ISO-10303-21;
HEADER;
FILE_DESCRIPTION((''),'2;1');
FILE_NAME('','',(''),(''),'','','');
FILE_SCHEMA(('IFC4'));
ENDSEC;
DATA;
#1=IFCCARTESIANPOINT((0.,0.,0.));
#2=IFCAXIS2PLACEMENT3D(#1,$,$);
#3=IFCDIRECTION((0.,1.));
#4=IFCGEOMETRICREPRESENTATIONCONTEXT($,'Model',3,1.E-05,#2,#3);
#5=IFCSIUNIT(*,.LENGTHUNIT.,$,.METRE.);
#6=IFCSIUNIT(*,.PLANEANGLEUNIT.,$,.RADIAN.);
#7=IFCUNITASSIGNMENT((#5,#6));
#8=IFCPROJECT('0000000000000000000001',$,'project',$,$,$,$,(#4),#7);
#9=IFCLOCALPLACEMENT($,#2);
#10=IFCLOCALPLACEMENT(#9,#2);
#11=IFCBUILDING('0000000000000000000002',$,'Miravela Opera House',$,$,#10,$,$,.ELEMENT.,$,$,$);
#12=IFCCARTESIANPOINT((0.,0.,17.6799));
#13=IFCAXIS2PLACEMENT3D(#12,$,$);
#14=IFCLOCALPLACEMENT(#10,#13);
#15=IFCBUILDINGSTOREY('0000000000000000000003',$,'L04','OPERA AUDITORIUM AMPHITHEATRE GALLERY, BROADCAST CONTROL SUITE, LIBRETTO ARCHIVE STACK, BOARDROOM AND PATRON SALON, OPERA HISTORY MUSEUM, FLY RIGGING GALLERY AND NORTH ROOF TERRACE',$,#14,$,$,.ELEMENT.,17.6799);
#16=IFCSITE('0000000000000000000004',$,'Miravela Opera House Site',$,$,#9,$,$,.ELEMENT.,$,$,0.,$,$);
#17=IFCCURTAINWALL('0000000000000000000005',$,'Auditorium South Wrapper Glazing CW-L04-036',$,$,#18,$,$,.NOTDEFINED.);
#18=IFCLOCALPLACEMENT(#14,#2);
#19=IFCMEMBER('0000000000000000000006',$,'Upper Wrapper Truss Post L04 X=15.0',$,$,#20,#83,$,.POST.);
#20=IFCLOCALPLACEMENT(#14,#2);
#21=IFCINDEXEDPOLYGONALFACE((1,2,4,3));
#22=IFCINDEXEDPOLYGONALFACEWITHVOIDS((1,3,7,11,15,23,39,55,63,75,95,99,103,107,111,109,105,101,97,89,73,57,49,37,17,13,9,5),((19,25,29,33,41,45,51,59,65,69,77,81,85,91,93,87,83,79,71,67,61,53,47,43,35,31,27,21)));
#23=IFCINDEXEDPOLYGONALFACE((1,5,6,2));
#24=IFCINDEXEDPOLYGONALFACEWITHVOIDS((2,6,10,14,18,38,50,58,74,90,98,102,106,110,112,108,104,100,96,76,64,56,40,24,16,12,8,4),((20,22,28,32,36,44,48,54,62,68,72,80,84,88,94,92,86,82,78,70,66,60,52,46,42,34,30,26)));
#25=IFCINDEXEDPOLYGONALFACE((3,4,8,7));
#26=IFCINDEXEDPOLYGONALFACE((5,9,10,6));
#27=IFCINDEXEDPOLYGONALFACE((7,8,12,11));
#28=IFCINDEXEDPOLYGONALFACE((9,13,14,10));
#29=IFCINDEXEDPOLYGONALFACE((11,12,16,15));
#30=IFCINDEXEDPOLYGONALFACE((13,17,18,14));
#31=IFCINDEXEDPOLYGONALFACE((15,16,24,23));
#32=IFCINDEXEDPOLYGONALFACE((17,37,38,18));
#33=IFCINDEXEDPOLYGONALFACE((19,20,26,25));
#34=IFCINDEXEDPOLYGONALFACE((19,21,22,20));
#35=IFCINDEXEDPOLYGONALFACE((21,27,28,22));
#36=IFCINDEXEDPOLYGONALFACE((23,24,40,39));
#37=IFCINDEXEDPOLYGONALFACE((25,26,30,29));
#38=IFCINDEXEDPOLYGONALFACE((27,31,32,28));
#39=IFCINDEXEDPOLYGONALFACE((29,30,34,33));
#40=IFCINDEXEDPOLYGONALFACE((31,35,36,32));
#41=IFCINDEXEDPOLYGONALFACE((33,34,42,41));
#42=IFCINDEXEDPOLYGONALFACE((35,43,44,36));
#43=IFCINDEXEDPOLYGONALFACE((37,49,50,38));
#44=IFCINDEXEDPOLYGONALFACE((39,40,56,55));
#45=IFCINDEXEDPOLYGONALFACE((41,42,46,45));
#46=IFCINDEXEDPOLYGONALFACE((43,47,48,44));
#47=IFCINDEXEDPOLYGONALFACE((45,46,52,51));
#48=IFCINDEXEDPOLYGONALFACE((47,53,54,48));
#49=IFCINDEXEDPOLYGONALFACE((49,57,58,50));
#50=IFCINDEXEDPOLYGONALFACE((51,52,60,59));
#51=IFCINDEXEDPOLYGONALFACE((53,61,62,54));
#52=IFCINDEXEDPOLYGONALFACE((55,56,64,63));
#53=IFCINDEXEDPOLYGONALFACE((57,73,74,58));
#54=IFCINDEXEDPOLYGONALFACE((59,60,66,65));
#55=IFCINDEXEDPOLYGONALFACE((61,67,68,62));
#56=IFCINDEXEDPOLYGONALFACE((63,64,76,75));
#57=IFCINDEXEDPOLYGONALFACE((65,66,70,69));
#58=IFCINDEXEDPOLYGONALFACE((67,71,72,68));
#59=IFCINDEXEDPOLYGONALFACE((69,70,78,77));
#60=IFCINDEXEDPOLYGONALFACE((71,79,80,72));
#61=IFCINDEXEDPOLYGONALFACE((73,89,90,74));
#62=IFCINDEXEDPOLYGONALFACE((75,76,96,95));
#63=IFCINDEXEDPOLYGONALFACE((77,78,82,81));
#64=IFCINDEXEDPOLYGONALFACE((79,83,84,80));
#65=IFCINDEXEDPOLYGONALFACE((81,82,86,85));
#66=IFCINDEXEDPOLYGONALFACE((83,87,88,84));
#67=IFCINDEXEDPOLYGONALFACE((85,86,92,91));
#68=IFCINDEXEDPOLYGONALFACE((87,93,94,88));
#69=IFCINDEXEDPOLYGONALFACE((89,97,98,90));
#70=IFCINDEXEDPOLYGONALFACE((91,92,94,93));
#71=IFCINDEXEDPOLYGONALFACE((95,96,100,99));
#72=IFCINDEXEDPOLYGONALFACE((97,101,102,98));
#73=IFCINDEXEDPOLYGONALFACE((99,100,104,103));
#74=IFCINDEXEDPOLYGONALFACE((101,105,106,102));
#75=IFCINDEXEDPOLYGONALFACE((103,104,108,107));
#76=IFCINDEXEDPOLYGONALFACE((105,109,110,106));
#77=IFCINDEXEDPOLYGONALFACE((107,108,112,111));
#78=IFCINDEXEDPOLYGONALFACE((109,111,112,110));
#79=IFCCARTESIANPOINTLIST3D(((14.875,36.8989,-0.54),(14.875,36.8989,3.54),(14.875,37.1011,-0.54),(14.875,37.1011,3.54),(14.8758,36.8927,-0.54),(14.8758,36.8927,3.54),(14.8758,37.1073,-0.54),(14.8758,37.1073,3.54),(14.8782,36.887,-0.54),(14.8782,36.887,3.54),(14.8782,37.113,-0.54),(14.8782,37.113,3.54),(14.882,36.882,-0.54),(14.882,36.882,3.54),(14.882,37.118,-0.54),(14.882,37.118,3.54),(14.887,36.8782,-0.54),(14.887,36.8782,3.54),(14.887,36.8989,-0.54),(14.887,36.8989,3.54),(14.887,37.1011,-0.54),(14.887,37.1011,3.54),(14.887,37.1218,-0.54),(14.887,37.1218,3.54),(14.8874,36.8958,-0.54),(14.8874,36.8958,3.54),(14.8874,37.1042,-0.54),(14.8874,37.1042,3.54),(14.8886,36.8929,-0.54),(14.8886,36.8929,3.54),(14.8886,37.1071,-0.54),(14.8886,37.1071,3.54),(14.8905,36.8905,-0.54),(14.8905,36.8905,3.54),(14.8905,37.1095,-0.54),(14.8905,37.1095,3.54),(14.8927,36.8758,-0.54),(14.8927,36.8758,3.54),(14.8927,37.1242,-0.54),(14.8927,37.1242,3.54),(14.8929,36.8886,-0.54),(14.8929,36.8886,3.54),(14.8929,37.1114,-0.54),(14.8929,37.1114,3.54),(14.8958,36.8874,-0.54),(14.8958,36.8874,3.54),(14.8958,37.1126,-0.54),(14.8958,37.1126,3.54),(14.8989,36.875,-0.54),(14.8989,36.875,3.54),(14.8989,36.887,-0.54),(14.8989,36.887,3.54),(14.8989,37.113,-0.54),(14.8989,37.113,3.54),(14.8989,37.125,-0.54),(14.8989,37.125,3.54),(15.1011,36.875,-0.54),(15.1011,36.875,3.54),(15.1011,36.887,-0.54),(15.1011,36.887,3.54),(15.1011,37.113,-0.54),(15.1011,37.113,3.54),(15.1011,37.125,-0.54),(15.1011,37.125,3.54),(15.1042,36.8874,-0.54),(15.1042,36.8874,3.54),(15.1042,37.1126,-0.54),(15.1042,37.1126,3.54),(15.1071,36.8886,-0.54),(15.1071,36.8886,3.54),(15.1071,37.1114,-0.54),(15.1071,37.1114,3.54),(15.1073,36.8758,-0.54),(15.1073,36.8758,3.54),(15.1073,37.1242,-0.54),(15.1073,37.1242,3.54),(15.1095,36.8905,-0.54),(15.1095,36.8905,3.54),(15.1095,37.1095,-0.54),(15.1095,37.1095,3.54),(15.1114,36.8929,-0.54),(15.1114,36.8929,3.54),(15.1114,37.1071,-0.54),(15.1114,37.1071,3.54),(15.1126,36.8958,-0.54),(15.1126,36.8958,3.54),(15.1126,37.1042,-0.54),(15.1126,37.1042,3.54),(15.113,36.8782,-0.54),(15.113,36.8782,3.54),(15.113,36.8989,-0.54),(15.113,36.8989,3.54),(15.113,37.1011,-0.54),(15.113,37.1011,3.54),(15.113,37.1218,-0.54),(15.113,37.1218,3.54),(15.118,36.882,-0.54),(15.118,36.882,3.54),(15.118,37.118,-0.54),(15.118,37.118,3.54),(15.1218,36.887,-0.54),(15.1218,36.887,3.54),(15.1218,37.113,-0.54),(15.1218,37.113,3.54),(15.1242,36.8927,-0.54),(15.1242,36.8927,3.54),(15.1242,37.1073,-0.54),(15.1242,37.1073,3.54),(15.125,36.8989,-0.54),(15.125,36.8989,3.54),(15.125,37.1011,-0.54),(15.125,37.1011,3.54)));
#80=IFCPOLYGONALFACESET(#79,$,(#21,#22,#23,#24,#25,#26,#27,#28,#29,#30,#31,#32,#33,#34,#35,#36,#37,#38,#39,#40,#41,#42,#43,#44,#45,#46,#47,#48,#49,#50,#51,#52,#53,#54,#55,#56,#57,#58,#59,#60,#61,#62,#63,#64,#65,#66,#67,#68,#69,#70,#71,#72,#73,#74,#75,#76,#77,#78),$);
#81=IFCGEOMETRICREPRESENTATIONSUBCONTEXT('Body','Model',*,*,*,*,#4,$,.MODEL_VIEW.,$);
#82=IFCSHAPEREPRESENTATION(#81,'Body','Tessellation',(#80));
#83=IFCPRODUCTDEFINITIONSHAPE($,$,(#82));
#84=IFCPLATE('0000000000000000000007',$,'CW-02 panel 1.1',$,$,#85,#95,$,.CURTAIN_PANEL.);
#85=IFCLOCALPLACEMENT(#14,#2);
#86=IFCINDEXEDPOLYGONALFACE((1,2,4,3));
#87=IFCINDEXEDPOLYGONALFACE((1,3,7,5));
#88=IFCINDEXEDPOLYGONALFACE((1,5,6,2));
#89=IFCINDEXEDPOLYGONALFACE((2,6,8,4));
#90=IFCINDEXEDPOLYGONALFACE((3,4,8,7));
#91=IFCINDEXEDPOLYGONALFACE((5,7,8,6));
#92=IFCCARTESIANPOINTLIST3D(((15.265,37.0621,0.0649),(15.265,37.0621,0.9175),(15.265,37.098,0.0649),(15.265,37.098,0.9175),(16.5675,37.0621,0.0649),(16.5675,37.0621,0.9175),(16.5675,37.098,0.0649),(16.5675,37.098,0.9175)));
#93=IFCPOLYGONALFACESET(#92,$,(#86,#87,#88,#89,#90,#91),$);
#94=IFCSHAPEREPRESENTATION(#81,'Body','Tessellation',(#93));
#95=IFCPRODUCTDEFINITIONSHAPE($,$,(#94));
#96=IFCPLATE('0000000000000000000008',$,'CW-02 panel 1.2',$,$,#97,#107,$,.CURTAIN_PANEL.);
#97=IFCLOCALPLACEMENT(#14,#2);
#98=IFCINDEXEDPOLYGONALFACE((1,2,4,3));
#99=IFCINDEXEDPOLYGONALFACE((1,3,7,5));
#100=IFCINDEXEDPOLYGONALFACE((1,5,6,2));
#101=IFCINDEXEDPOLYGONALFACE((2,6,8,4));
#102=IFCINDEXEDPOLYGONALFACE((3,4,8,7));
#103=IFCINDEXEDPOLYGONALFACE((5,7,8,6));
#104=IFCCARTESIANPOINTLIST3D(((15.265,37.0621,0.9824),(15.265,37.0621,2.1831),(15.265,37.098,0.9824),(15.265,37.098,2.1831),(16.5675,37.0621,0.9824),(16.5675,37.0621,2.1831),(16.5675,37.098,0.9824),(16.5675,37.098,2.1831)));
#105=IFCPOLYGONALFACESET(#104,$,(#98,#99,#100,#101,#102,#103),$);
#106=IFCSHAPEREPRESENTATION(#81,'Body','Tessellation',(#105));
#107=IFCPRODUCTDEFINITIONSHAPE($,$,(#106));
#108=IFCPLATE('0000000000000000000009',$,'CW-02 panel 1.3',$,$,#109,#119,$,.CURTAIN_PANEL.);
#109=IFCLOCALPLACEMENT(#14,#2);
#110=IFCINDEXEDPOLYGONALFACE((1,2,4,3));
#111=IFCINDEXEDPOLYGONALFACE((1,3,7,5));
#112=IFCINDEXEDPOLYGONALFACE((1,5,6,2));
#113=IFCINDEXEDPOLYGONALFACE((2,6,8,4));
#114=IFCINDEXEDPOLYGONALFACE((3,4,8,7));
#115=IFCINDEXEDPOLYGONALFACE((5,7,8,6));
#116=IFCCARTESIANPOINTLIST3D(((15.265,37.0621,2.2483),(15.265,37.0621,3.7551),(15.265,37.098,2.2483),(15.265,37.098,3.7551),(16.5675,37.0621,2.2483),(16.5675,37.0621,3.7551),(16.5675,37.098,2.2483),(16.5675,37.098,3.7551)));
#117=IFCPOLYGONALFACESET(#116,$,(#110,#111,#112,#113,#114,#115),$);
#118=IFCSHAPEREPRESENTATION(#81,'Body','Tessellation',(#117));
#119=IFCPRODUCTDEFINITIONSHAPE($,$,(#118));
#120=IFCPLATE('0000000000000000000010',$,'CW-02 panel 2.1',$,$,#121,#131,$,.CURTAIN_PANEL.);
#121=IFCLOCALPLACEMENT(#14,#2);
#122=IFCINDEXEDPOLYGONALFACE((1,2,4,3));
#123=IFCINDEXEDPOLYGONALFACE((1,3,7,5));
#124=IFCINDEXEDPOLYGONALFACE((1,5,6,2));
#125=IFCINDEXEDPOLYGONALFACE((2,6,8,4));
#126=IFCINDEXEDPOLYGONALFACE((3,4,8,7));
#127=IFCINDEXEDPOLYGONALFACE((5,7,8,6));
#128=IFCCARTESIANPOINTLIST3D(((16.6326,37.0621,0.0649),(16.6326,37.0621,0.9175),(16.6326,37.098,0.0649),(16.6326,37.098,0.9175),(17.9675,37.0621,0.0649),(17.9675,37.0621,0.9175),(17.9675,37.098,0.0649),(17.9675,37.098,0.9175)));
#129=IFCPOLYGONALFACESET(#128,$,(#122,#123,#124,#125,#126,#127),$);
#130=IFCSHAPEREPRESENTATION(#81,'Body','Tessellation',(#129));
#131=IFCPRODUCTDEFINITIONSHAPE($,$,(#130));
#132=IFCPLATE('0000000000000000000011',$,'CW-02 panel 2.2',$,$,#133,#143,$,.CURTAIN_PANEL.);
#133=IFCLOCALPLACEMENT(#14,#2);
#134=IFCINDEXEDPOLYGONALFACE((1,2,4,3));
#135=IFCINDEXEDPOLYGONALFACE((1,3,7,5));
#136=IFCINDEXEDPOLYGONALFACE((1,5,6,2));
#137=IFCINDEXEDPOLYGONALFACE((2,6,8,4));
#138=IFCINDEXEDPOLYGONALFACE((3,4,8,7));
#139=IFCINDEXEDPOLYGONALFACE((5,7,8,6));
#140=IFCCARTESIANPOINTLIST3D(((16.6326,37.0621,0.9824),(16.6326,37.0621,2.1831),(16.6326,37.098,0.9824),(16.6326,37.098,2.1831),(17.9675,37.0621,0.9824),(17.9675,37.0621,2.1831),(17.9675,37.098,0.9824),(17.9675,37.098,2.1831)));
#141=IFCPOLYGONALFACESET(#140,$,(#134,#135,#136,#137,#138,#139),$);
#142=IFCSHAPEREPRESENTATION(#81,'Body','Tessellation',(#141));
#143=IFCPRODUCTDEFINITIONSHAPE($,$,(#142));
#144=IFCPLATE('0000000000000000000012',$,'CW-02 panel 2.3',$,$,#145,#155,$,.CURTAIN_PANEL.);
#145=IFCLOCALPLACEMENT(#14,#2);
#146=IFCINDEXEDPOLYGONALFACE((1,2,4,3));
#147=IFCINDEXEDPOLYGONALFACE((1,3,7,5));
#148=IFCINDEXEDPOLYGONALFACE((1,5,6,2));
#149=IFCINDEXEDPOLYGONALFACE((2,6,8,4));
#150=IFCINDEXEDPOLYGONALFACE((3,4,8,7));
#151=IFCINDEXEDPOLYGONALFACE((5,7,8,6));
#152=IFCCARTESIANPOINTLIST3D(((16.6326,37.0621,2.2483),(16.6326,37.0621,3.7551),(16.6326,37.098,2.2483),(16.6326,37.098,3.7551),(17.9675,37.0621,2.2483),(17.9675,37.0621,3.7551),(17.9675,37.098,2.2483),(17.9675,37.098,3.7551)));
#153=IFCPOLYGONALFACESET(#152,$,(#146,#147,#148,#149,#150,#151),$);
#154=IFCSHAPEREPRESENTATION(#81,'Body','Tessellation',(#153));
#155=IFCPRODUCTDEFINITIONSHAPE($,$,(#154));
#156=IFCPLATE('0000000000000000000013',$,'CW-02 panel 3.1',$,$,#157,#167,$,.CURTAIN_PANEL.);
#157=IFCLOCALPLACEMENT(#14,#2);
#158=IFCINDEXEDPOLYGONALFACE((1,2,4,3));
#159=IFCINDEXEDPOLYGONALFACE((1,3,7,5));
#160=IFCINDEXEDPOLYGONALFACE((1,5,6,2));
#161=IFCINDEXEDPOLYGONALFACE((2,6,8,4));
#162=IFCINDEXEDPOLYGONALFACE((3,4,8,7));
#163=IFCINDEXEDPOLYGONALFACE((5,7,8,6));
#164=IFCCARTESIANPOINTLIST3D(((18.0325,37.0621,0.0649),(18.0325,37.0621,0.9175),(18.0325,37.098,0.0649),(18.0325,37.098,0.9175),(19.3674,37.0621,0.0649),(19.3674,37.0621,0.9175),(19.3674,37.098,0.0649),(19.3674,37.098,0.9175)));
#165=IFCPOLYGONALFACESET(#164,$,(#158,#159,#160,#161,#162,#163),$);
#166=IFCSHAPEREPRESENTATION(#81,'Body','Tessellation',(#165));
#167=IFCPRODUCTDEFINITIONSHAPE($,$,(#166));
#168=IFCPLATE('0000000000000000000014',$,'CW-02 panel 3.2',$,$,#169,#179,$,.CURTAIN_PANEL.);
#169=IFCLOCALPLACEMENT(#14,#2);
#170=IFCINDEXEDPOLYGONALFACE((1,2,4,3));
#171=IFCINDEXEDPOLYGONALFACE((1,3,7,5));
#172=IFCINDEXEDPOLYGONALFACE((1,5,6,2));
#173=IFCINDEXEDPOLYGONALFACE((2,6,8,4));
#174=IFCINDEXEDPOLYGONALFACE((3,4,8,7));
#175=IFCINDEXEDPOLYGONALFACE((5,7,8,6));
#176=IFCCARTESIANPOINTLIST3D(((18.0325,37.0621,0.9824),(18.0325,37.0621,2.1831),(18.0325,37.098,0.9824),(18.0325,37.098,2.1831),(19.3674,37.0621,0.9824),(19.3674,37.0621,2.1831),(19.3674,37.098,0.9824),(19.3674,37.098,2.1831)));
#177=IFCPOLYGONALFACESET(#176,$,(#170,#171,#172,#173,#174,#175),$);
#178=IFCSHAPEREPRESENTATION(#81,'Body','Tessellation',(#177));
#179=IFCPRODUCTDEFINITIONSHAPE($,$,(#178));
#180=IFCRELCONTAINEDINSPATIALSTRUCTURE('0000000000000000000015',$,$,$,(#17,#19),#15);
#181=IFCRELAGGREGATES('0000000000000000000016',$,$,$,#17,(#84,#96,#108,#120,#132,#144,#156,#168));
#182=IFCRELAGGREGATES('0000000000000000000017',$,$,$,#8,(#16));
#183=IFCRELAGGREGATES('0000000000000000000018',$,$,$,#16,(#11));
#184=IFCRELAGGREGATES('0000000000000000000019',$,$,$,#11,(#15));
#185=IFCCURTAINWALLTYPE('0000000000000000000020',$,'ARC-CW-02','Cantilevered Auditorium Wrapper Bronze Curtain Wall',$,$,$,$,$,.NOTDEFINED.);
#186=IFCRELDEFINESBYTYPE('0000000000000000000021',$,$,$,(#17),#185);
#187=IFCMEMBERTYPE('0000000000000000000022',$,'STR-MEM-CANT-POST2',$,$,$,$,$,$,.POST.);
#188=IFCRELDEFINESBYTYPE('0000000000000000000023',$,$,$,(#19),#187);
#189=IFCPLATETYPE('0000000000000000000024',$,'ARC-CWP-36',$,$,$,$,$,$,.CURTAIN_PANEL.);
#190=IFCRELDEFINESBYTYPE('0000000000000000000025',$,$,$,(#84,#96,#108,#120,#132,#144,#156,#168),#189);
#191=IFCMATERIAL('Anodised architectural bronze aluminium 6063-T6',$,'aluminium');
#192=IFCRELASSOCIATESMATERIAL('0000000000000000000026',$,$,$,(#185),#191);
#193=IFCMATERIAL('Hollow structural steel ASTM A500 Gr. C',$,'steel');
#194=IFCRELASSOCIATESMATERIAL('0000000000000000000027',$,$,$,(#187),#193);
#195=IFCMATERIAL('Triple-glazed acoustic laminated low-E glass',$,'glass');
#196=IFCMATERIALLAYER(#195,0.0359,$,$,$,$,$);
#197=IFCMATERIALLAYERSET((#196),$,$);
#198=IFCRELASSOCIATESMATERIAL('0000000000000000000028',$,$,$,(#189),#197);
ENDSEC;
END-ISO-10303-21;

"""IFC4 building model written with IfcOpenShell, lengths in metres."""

from ifc_helpers import new_model, si_unit, direction, frame, origin, origin_2d, place, context, subcontext, project, spatial, rectangle, hollow_rectangle, extrude, material, layer, layer_set, material_profile, profile_set, type_object, element, aggregate, save


model = new_model("IFC4")

# Units and contexts
model_context = context("Model", 3, precision=1e-05, world=origin(), true_north=direction((0.0, 1.0)))
body_context = subcontext(model_context, "Body", "Model", "MODEL_VIEW")
ifc_project = project(units=[si_unit("LENGTHUNIT", "METRE"), si_unit("PLANEANGLEUNIT", "RADIAN")], contexts=[model_context])

# Site, building, storey
site_placement = place(None, origin())
site = spatial("IfcSite", under=ifc_project, at=site_placement, Name="Miravela Opera House Site", CompositionType="ELEMENT", RefElevation=0.0)
building_placement = place(site_placement, origin())
building = spatial("IfcBuilding", under=site, at=building_placement, Name="Miravela Opera House", CompositionType="ELEMENT")
storey_placement = place(building_placement, frame((0.0, 0.0, 17.6799)))
storey = spatial("IfcBuildingStorey", under=building, at=storey_placement, Name="L04", Description="OPERA AUDITORIUM AMPHITHEATRE GALLERY, BROADCAST CONTROL SUITE, LIBRETTO ARCHIVE STACK, BOARDROOM AND PATRON SALON, OPERA HISTORY MUSEUM, FLY RIGGING GALLERY AND NORTH ROOF TERRACE", CompositionType="ELEMENT", Elevation=17.6799)

# Curtain wall
ifc_material_1 = material(Name="Anodised architectural bronze aluminium 6063-T6", Category="aluminium")
curtain_wall_type = type_object("IfcCurtainWallType", Name="ARC-CW-02", Description="Cantilevered Auditorium Wrapper Bronze Curtain Wall", PredefinedType="NOTDEFINED", material=ifc_material_1)
curtain_wall_placement = place(storey_placement, origin())
curtain_wall = element("IfcCurtainWall", 1, at=curtain_wall_placement, inside=storey, type_object=curtain_wall_type, Name="Auditorium South Wrapper Glazing CW-L04-036", PredefinedType="NOTDEFINED")

# Member
ifc_material_2 = material(Name="Hollow structural steel ASTM A500 Gr. C", Category="steel")
ifc_material_profile_1 = material_profile(ifc_material_2, hollow_rectangle(XDim=0.25, YDim=0.25, WallThickness=0.012, InnerFilletRadius=0.012, OuterFilletRadius=0.0239, at=origin_2d()), Name="HSS250X250X12")
ifc_profile_set_1 = profile_set([ifc_material_profile_1])
member_type_1 = type_object("IfcMemberType", Name="STR-MEM-CANT-POST2", PredefinedType="POST", material=ifc_profile_set_1)
member_1_placement = place(storey_placement, frame((15.0, 37.0, -0.54), z_axis=(0.0, 0.0, 1.0), x_axis=(1.0, 0.0, 0.0)))
element("IfcMember", 2, at=member_1_placement, inside=storey, type_object=member_type_1, Name="Upper Wrapper Truss Post L04 X=15.0", PredefinedType="POST", context=body_context, shape_type="SweptSolid", body=[
    extrude(hollow_rectangle(XDim=0.25, YDim=0.25, WallThickness=0.012, InnerFilletRadius=0.012, OuterFilletRadius=0.0239, at=origin_2d()), origin(), (0.0, 0.0, 1.0), 4.0801),
])

# Plates
ifc_material_3 = material(Name="Triple-glazed acoustic laminated low-E glass", Category="glass")
ifc_layer = layer(ifc_material_3, 0.0359)
ifc_layer_set = layer_set([ifc_layer])
plate_type = type_object("IfcPlateType", Name="ARC-CWP-36", PredefinedType="CURTAIN_PANEL", material=ifc_layer_set)
plate_1_placement = place(storey_placement, frame((15.9163, 37.0801, 0.0649), z_axis=(0.0, 0.0, 1.0), x_axis=(1.0, 0.0, 0.0)))
plate_1 = element("IfcPlate", 3, at=plate_1_placement, type_object=plate_type, Name="CW-02 panel 1.1", PredefinedType="CURTAIN_PANEL", context=body_context, shape_type="SweptSolid", body=[
    extrude(rectangle(XDim=1.3025, YDim=0.0359, at=origin_2d()), origin(), (0.0, 0.0, 1.0), 0.8525),
])
plate_2_placement = place(storey_placement, frame((15.9163, 37.0801, 0.9824), z_axis=(0.0, 0.0, 1.0), x_axis=(1.0, 0.0, 0.0)))
plate_2 = element("IfcPlate", 4, at=plate_2_placement, type_object=plate_type, Name="CW-02 panel 1.2", PredefinedType="CURTAIN_PANEL", context=body_context, shape_type="SweptSolid", body=[
    extrude(rectangle(XDim=1.3025, YDim=0.0359, at=origin_2d()), origin(), (0.0, 0.0, 1.0), 1.2007),
])
plate_3_placement = place(storey_placement, frame((15.9163, 37.0801, 2.2483), z_axis=(0.0, 0.0, 1.0), x_axis=(1.0, 0.0, 0.0)))
plate_3 = element("IfcPlate", 5, at=plate_3_placement, type_object=plate_type, Name="CW-02 panel 1.3", PredefinedType="CURTAIN_PANEL", context=body_context, shape_type="SweptSolid", body=[
    extrude(rectangle(XDim=1.3025, YDim=0.0359, at=origin_2d()), origin(), (0.0, 0.0, 1.0), 1.5068),
])
plate_4_placement = place(storey_placement, frame((17.3, 37.0801, 0.0649), z_axis=(0.0, 0.0, 1.0), x_axis=(1.0, 0.0, 0.0)))
plate_4 = element("IfcPlate", 6, at=plate_4_placement, type_object=plate_type, Name="CW-02 panel 2.1", PredefinedType="CURTAIN_PANEL", context=body_context, shape_type="SweptSolid", body=[
    extrude(rectangle(XDim=1.335, YDim=0.0359, at=origin_2d()), origin(), (0.0, 0.0, 1.0), 0.8525),
])
plate_5_placement = place(storey_placement, frame((17.3, 37.0801, 0.9824), z_axis=(0.0, 0.0, 1.0), x_axis=(1.0, 0.0, 0.0)))
plate_5 = element("IfcPlate", 7, at=plate_5_placement, type_object=plate_type, Name="CW-02 panel 2.2", PredefinedType="CURTAIN_PANEL", context=body_context, shape_type="SweptSolid", body=[
    extrude(rectangle(XDim=1.335, YDim=0.0359, at=origin_2d()), origin(), (0.0, 0.0, 1.0), 1.2007),
])
plate_6_placement = place(storey_placement, frame((17.3, 37.0801, 2.2483), z_axis=(0.0, 0.0, 1.0), x_axis=(1.0, 0.0, 0.0)))
plate_6 = element("IfcPlate", 8, at=plate_6_placement, type_object=plate_type, Name="CW-02 panel 2.3", PredefinedType="CURTAIN_PANEL", context=body_context, shape_type="SweptSolid", body=[
    extrude(rectangle(XDim=1.335, YDim=0.0359, at=origin_2d()), origin(), (0.0, 0.0, 1.0), 1.5068),
])
plate_7_placement = place(storey_placement, frame((18.7, 37.0801, 0.0649), z_axis=(0.0, 0.0, 1.0), x_axis=(1.0, 0.0, 0.0)))
plate_7 = element("IfcPlate", 9, at=plate_7_placement, type_object=plate_type, Name="CW-02 panel 3.1", PredefinedType="CURTAIN_PANEL", context=body_context, shape_type="SweptSolid", body=[
    extrude(rectangle(XDim=1.335, YDim=0.0359, at=origin_2d()), origin(), (0.0, 0.0, 1.0), 0.8525),
])
plate_8_placement = place(storey_placement, frame((18.7, 37.0801, 0.9824), z_axis=(0.0, 0.0, 1.0), x_axis=(1.0, 0.0, 0.0)))
plate_8 = element("IfcPlate", 10, at=plate_8_placement, type_object=plate_type, Name="CW-02 panel 3.2", PredefinedType="CURTAIN_PANEL", context=body_context, shape_type="SweptSolid", body=[
    extrude(rectangle(XDim=1.335, YDim=0.0359, at=origin_2d()), origin(), (0.0, 0.0, 1.0), 1.2007),
])
aggregate(curtain_wall, [plate_1, plate_2, plate_3, plate_4, plate_5, plate_6, plate_7, plate_8])

save(model, "model.ifc")
